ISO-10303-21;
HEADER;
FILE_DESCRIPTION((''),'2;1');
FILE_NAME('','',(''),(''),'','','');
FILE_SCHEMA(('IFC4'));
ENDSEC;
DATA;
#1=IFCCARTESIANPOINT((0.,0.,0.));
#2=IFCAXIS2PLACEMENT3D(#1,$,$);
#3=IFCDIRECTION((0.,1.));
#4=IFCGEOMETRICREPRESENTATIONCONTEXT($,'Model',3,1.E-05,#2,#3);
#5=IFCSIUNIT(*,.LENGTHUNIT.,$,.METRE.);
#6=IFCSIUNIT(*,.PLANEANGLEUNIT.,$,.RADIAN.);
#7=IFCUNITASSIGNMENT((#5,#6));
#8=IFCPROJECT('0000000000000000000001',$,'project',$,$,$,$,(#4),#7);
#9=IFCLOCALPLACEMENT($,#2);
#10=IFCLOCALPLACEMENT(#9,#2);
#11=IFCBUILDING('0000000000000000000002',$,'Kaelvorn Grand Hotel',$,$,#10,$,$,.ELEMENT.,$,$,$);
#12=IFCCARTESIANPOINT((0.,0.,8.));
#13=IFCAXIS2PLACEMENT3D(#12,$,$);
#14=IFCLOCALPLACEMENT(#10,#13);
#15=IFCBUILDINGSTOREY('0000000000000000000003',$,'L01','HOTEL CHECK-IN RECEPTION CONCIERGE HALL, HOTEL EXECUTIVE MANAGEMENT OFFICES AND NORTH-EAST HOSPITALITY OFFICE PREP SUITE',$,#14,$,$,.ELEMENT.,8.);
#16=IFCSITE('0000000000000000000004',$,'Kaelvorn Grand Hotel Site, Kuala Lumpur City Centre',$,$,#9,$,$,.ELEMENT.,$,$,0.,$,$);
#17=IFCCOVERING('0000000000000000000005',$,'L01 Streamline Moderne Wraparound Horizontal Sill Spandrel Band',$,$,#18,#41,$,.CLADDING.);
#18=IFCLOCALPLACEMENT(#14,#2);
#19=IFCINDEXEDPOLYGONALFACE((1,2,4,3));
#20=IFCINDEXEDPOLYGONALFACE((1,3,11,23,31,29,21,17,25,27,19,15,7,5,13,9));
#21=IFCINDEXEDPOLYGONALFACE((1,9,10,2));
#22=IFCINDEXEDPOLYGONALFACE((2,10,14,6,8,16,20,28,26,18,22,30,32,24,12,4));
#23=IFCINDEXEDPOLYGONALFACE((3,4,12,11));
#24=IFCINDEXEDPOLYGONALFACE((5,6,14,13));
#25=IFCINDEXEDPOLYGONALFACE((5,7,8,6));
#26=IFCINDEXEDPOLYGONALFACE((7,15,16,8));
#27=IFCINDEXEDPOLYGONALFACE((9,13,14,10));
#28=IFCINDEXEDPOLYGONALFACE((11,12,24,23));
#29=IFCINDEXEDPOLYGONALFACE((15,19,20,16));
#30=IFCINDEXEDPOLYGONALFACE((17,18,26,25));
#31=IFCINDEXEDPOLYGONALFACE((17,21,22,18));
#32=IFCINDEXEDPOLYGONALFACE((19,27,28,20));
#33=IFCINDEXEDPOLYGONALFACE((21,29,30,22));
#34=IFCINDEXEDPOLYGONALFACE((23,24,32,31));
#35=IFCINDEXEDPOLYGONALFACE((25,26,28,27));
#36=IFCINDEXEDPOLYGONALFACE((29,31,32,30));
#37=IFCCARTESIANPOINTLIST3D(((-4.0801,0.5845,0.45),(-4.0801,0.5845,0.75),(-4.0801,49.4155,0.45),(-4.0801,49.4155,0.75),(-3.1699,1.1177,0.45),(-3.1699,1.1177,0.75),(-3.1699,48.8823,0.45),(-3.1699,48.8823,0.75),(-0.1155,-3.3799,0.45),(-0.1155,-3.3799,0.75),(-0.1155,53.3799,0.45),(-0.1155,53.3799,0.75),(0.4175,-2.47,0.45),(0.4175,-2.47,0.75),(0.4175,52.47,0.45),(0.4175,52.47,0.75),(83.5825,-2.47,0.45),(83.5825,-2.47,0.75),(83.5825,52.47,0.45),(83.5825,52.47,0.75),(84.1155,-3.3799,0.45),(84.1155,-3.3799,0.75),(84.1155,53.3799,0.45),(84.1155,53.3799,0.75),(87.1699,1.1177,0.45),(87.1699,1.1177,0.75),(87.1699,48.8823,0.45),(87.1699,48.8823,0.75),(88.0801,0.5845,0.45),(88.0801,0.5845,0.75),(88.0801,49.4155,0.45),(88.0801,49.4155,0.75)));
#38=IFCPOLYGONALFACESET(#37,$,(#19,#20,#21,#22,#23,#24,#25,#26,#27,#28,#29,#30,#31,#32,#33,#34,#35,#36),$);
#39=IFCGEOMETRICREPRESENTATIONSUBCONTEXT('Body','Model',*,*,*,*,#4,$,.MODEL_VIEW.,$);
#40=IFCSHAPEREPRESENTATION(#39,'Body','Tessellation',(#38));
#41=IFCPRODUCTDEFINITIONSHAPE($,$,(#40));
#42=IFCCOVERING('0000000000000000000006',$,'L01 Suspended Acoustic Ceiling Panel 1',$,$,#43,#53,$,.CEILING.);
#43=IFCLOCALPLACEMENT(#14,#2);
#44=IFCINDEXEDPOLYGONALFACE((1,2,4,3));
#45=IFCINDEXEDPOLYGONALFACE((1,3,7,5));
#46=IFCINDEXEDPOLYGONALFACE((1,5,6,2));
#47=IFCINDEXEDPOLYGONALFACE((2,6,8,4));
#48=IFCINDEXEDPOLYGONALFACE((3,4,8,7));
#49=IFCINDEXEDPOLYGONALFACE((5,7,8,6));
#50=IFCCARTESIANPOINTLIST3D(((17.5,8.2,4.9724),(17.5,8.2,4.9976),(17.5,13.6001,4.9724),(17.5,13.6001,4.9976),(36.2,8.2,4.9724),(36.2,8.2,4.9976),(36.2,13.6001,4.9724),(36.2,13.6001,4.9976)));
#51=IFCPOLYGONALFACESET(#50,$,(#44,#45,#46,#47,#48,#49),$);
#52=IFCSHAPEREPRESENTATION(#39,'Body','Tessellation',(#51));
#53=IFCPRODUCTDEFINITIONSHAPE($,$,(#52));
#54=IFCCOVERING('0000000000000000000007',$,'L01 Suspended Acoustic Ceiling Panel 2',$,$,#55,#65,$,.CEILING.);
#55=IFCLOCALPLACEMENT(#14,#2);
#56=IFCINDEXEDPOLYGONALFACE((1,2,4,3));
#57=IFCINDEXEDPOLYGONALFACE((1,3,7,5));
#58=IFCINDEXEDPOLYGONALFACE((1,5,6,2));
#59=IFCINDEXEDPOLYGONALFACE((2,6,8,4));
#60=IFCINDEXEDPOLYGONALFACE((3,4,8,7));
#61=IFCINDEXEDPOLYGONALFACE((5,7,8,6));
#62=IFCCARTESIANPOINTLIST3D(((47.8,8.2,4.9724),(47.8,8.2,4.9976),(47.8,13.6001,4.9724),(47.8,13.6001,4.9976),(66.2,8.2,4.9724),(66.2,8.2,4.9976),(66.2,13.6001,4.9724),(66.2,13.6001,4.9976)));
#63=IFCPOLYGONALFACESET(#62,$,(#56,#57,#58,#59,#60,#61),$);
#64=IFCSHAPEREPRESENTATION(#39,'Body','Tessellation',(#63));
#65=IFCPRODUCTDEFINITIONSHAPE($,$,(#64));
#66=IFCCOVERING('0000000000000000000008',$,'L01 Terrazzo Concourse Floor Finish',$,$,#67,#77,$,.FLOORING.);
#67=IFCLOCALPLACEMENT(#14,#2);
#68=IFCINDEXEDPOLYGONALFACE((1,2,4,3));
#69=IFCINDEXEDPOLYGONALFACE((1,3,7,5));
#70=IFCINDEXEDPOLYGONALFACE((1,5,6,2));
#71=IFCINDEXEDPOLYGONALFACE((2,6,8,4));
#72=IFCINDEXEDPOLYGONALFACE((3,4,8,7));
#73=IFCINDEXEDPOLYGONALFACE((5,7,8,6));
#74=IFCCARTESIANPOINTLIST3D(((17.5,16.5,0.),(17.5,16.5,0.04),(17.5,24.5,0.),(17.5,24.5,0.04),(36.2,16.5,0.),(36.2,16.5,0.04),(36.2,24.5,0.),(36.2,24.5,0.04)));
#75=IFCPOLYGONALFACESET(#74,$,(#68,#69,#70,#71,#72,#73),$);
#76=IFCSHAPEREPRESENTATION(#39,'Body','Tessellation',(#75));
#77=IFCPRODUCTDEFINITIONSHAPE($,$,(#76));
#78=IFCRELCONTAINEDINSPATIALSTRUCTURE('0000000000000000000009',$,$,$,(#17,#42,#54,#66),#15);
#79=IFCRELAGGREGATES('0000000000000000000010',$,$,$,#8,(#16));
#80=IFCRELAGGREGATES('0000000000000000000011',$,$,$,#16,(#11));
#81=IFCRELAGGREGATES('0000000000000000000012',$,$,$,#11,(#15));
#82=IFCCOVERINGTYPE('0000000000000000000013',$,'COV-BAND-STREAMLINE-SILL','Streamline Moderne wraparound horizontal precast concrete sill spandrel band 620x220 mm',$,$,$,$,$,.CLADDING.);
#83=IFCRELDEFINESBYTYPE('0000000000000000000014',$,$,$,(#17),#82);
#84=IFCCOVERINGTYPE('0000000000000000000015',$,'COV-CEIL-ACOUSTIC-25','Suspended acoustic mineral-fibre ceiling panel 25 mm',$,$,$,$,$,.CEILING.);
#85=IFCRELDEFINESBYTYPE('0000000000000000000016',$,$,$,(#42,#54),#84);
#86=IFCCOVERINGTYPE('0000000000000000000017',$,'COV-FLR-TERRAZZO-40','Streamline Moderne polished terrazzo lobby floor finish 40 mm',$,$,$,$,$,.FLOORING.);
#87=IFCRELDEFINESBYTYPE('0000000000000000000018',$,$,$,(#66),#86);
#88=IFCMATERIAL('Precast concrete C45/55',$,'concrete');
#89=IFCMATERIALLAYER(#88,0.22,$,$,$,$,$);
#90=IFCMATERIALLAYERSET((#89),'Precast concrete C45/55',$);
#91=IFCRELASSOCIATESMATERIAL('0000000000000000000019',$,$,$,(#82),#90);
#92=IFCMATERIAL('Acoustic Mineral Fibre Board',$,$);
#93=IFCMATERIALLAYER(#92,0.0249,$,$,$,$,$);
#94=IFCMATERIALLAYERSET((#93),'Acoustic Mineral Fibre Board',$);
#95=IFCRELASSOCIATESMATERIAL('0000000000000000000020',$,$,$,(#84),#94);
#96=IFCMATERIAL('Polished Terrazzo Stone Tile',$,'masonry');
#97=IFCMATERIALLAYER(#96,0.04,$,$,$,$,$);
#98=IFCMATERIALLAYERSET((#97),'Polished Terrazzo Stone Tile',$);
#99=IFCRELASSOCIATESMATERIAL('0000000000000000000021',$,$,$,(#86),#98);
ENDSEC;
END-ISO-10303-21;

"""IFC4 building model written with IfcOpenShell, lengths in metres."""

from ifc_helpers import new_model, si_unit, direction, frame, origin, place, context, subcontext, project, spatial, polyline, outline, extrude, material, layer, layer_set, type_object, element, save


model = new_model("IFC4")

# Units and contexts
model_context = context("Model", 3, precision=1e-05, world=origin(), true_north=direction((0.0, 1.0)))
body_context = subcontext(model_context, "Body", "Model", "MODEL_VIEW")
ifc_project = project(units=[si_unit("LENGTHUNIT", "METRE"), si_unit("PLANEANGLEUNIT", "RADIAN")], contexts=[model_context])

# Site, building, storey
site_placement = place(None, origin())
site = spatial("IfcSite", under=ifc_project, at=site_placement, Name="Kaelvorn Grand Hotel Site, Kuala Lumpur City Centre", CompositionType="ELEMENT", RefElevation=0.0)
building_placement = place(site_placement, origin())
building = spatial("IfcBuilding", under=site, at=building_placement, Name="Kaelvorn Grand Hotel", CompositionType="ELEMENT")
storey_placement = place(building_placement, frame((0.0, 0.0, 8.0)))
storey = spatial("IfcBuildingStorey", under=building, at=storey_placement, Name="L01", Description="HOTEL CHECK-IN RECEPTION CONCIERGE HALL, HOTEL EXECUTIVE MANAGEMENT OFFICES AND NORTH-EAST HOSPITALITY OFFICE PREP SUITE", CompositionType="ELEMENT", Elevation=8.0)

# Coverings
ifc_material_1 = material(Name="Precast concrete C45/55", Category="concrete")
ifc_layer_1 = layer(ifc_material_1, 0.22)
ifc_layer_set_1 = layer_set([ifc_layer_1], Name="Precast concrete C45/55")
covering_type_1 = type_object("IfcCoveringType", Name="COV-BAND-STREAMLINE-SILL", Description="Streamline Moderne wraparound horizontal precast concrete sill spandrel band 620x220 mm", PredefinedType="CLADDING", material=ifc_layer_set_1)
covering_1_placement = place(storey_placement, frame((0.0, 0.0, 0.45)))
element("IfcCovering", 1, at=covering_1_placement, inside=storey, type_object=covering_type_1, Name="L01 Streamline Moderne Wraparound Horizontal Sill Spandrel Band", PredefinedType="CLADDING", context=body_context, shape_type="SweptSolid", body=[
    extrude(outline(polyline([(84.1155, -3.3799), (88.0801, 0.5845), (88.0801, 49.4155), (84.1155, 53.3799), (-0.1155, 53.3799), (-4.0801, 49.4155), (-4.0801, 0.5845), (-0.1155, -3.3799), (0.4175, -2.47), (-3.1699, 1.1177), (-3.1699, 48.8823), (0.4175, 52.47), (83.5825, 52.47), (87.1699, 48.8823), (87.1699, 1.1177), (83.5825, -2.47), (84.1155, -3.3799)])), origin(), (0.0, 0.0, 1.0), 0.3),
])
ifc_material_2 = material(Name="Acoustic Mineral Fibre Board")
ifc_layer_2 = layer(ifc_material_2, 0.0249)
ifc_layer_set_2 = layer_set([ifc_layer_2], Name="Acoustic Mineral Fibre Board")
covering_type_2 = type_object("IfcCoveringType", Name="COV-CEIL-ACOUSTIC-25", Description="Suspended acoustic mineral-fibre ceiling panel 25 mm", PredefinedType="CEILING", material=ifc_layer_set_2)
covering_2_placement = place(storey_placement, frame((0.0, 0.0, 4.9724)))
element("IfcCovering", 2, at=covering_2_placement, inside=storey, type_object=covering_type_2, Name="L01 Suspended Acoustic Ceiling Panel 1", PredefinedType="CEILING", context=body_context, shape_type="SweptSolid", body=[
    extrude(outline(polyline([(17.5, 8.2), (36.2, 8.2), (36.2, 13.6001), (17.5, 13.6001), (17.5, 8.2)])), origin(), (0.0, 0.0, 1.0), 0.0251),
])
covering_3_placement = place(storey_placement, frame((0.0, 0.0, 4.9724)))
element("IfcCovering", 3, at=covering_3_placement, inside=storey, type_object=covering_type_2, Name="L01 Suspended Acoustic Ceiling Panel 2", PredefinedType="CEILING", context=body_context, shape_type="SweptSolid", body=[
    extrude(outline(polyline([(47.8, 8.2), (66.2, 8.2), (66.2, 13.6001), (47.8, 13.6001), (47.8, 8.2)])), origin(), (0.0, 0.0, 1.0), 0.0251),
])
ifc_material_3 = material(Name="Polished Terrazzo Stone Tile", Category="masonry")
ifc_layer_3 = layer(ifc_material_3, 0.04)
ifc_layer_set_3 = layer_set([ifc_layer_3], Name="Polished Terrazzo Stone Tile")
covering_type_3 = type_object("IfcCoveringType", Name="COV-FLR-TERRAZZO-40", Description="Streamline Moderne polished terrazzo lobby floor finish 40 mm", PredefinedType="FLOORING", material=ifc_layer_set_3)
covering_4_placement = place(storey_placement, origin())
element("IfcCovering", 4, at=covering_4_placement, inside=storey, type_object=covering_type_3, Name="L01 Terrazzo Concourse Floor Finish", PredefinedType="FLOORING", context=body_context, shape_type="SweptSolid", body=[
    extrude(outline(polyline([(17.5, 16.5), (36.2, 16.5), (36.2, 24.5), (17.5, 24.5), (17.5, 16.5)])), origin(), (0.0, 0.0, 1.0), 0.04),
])

save(model, "model.ifc")
